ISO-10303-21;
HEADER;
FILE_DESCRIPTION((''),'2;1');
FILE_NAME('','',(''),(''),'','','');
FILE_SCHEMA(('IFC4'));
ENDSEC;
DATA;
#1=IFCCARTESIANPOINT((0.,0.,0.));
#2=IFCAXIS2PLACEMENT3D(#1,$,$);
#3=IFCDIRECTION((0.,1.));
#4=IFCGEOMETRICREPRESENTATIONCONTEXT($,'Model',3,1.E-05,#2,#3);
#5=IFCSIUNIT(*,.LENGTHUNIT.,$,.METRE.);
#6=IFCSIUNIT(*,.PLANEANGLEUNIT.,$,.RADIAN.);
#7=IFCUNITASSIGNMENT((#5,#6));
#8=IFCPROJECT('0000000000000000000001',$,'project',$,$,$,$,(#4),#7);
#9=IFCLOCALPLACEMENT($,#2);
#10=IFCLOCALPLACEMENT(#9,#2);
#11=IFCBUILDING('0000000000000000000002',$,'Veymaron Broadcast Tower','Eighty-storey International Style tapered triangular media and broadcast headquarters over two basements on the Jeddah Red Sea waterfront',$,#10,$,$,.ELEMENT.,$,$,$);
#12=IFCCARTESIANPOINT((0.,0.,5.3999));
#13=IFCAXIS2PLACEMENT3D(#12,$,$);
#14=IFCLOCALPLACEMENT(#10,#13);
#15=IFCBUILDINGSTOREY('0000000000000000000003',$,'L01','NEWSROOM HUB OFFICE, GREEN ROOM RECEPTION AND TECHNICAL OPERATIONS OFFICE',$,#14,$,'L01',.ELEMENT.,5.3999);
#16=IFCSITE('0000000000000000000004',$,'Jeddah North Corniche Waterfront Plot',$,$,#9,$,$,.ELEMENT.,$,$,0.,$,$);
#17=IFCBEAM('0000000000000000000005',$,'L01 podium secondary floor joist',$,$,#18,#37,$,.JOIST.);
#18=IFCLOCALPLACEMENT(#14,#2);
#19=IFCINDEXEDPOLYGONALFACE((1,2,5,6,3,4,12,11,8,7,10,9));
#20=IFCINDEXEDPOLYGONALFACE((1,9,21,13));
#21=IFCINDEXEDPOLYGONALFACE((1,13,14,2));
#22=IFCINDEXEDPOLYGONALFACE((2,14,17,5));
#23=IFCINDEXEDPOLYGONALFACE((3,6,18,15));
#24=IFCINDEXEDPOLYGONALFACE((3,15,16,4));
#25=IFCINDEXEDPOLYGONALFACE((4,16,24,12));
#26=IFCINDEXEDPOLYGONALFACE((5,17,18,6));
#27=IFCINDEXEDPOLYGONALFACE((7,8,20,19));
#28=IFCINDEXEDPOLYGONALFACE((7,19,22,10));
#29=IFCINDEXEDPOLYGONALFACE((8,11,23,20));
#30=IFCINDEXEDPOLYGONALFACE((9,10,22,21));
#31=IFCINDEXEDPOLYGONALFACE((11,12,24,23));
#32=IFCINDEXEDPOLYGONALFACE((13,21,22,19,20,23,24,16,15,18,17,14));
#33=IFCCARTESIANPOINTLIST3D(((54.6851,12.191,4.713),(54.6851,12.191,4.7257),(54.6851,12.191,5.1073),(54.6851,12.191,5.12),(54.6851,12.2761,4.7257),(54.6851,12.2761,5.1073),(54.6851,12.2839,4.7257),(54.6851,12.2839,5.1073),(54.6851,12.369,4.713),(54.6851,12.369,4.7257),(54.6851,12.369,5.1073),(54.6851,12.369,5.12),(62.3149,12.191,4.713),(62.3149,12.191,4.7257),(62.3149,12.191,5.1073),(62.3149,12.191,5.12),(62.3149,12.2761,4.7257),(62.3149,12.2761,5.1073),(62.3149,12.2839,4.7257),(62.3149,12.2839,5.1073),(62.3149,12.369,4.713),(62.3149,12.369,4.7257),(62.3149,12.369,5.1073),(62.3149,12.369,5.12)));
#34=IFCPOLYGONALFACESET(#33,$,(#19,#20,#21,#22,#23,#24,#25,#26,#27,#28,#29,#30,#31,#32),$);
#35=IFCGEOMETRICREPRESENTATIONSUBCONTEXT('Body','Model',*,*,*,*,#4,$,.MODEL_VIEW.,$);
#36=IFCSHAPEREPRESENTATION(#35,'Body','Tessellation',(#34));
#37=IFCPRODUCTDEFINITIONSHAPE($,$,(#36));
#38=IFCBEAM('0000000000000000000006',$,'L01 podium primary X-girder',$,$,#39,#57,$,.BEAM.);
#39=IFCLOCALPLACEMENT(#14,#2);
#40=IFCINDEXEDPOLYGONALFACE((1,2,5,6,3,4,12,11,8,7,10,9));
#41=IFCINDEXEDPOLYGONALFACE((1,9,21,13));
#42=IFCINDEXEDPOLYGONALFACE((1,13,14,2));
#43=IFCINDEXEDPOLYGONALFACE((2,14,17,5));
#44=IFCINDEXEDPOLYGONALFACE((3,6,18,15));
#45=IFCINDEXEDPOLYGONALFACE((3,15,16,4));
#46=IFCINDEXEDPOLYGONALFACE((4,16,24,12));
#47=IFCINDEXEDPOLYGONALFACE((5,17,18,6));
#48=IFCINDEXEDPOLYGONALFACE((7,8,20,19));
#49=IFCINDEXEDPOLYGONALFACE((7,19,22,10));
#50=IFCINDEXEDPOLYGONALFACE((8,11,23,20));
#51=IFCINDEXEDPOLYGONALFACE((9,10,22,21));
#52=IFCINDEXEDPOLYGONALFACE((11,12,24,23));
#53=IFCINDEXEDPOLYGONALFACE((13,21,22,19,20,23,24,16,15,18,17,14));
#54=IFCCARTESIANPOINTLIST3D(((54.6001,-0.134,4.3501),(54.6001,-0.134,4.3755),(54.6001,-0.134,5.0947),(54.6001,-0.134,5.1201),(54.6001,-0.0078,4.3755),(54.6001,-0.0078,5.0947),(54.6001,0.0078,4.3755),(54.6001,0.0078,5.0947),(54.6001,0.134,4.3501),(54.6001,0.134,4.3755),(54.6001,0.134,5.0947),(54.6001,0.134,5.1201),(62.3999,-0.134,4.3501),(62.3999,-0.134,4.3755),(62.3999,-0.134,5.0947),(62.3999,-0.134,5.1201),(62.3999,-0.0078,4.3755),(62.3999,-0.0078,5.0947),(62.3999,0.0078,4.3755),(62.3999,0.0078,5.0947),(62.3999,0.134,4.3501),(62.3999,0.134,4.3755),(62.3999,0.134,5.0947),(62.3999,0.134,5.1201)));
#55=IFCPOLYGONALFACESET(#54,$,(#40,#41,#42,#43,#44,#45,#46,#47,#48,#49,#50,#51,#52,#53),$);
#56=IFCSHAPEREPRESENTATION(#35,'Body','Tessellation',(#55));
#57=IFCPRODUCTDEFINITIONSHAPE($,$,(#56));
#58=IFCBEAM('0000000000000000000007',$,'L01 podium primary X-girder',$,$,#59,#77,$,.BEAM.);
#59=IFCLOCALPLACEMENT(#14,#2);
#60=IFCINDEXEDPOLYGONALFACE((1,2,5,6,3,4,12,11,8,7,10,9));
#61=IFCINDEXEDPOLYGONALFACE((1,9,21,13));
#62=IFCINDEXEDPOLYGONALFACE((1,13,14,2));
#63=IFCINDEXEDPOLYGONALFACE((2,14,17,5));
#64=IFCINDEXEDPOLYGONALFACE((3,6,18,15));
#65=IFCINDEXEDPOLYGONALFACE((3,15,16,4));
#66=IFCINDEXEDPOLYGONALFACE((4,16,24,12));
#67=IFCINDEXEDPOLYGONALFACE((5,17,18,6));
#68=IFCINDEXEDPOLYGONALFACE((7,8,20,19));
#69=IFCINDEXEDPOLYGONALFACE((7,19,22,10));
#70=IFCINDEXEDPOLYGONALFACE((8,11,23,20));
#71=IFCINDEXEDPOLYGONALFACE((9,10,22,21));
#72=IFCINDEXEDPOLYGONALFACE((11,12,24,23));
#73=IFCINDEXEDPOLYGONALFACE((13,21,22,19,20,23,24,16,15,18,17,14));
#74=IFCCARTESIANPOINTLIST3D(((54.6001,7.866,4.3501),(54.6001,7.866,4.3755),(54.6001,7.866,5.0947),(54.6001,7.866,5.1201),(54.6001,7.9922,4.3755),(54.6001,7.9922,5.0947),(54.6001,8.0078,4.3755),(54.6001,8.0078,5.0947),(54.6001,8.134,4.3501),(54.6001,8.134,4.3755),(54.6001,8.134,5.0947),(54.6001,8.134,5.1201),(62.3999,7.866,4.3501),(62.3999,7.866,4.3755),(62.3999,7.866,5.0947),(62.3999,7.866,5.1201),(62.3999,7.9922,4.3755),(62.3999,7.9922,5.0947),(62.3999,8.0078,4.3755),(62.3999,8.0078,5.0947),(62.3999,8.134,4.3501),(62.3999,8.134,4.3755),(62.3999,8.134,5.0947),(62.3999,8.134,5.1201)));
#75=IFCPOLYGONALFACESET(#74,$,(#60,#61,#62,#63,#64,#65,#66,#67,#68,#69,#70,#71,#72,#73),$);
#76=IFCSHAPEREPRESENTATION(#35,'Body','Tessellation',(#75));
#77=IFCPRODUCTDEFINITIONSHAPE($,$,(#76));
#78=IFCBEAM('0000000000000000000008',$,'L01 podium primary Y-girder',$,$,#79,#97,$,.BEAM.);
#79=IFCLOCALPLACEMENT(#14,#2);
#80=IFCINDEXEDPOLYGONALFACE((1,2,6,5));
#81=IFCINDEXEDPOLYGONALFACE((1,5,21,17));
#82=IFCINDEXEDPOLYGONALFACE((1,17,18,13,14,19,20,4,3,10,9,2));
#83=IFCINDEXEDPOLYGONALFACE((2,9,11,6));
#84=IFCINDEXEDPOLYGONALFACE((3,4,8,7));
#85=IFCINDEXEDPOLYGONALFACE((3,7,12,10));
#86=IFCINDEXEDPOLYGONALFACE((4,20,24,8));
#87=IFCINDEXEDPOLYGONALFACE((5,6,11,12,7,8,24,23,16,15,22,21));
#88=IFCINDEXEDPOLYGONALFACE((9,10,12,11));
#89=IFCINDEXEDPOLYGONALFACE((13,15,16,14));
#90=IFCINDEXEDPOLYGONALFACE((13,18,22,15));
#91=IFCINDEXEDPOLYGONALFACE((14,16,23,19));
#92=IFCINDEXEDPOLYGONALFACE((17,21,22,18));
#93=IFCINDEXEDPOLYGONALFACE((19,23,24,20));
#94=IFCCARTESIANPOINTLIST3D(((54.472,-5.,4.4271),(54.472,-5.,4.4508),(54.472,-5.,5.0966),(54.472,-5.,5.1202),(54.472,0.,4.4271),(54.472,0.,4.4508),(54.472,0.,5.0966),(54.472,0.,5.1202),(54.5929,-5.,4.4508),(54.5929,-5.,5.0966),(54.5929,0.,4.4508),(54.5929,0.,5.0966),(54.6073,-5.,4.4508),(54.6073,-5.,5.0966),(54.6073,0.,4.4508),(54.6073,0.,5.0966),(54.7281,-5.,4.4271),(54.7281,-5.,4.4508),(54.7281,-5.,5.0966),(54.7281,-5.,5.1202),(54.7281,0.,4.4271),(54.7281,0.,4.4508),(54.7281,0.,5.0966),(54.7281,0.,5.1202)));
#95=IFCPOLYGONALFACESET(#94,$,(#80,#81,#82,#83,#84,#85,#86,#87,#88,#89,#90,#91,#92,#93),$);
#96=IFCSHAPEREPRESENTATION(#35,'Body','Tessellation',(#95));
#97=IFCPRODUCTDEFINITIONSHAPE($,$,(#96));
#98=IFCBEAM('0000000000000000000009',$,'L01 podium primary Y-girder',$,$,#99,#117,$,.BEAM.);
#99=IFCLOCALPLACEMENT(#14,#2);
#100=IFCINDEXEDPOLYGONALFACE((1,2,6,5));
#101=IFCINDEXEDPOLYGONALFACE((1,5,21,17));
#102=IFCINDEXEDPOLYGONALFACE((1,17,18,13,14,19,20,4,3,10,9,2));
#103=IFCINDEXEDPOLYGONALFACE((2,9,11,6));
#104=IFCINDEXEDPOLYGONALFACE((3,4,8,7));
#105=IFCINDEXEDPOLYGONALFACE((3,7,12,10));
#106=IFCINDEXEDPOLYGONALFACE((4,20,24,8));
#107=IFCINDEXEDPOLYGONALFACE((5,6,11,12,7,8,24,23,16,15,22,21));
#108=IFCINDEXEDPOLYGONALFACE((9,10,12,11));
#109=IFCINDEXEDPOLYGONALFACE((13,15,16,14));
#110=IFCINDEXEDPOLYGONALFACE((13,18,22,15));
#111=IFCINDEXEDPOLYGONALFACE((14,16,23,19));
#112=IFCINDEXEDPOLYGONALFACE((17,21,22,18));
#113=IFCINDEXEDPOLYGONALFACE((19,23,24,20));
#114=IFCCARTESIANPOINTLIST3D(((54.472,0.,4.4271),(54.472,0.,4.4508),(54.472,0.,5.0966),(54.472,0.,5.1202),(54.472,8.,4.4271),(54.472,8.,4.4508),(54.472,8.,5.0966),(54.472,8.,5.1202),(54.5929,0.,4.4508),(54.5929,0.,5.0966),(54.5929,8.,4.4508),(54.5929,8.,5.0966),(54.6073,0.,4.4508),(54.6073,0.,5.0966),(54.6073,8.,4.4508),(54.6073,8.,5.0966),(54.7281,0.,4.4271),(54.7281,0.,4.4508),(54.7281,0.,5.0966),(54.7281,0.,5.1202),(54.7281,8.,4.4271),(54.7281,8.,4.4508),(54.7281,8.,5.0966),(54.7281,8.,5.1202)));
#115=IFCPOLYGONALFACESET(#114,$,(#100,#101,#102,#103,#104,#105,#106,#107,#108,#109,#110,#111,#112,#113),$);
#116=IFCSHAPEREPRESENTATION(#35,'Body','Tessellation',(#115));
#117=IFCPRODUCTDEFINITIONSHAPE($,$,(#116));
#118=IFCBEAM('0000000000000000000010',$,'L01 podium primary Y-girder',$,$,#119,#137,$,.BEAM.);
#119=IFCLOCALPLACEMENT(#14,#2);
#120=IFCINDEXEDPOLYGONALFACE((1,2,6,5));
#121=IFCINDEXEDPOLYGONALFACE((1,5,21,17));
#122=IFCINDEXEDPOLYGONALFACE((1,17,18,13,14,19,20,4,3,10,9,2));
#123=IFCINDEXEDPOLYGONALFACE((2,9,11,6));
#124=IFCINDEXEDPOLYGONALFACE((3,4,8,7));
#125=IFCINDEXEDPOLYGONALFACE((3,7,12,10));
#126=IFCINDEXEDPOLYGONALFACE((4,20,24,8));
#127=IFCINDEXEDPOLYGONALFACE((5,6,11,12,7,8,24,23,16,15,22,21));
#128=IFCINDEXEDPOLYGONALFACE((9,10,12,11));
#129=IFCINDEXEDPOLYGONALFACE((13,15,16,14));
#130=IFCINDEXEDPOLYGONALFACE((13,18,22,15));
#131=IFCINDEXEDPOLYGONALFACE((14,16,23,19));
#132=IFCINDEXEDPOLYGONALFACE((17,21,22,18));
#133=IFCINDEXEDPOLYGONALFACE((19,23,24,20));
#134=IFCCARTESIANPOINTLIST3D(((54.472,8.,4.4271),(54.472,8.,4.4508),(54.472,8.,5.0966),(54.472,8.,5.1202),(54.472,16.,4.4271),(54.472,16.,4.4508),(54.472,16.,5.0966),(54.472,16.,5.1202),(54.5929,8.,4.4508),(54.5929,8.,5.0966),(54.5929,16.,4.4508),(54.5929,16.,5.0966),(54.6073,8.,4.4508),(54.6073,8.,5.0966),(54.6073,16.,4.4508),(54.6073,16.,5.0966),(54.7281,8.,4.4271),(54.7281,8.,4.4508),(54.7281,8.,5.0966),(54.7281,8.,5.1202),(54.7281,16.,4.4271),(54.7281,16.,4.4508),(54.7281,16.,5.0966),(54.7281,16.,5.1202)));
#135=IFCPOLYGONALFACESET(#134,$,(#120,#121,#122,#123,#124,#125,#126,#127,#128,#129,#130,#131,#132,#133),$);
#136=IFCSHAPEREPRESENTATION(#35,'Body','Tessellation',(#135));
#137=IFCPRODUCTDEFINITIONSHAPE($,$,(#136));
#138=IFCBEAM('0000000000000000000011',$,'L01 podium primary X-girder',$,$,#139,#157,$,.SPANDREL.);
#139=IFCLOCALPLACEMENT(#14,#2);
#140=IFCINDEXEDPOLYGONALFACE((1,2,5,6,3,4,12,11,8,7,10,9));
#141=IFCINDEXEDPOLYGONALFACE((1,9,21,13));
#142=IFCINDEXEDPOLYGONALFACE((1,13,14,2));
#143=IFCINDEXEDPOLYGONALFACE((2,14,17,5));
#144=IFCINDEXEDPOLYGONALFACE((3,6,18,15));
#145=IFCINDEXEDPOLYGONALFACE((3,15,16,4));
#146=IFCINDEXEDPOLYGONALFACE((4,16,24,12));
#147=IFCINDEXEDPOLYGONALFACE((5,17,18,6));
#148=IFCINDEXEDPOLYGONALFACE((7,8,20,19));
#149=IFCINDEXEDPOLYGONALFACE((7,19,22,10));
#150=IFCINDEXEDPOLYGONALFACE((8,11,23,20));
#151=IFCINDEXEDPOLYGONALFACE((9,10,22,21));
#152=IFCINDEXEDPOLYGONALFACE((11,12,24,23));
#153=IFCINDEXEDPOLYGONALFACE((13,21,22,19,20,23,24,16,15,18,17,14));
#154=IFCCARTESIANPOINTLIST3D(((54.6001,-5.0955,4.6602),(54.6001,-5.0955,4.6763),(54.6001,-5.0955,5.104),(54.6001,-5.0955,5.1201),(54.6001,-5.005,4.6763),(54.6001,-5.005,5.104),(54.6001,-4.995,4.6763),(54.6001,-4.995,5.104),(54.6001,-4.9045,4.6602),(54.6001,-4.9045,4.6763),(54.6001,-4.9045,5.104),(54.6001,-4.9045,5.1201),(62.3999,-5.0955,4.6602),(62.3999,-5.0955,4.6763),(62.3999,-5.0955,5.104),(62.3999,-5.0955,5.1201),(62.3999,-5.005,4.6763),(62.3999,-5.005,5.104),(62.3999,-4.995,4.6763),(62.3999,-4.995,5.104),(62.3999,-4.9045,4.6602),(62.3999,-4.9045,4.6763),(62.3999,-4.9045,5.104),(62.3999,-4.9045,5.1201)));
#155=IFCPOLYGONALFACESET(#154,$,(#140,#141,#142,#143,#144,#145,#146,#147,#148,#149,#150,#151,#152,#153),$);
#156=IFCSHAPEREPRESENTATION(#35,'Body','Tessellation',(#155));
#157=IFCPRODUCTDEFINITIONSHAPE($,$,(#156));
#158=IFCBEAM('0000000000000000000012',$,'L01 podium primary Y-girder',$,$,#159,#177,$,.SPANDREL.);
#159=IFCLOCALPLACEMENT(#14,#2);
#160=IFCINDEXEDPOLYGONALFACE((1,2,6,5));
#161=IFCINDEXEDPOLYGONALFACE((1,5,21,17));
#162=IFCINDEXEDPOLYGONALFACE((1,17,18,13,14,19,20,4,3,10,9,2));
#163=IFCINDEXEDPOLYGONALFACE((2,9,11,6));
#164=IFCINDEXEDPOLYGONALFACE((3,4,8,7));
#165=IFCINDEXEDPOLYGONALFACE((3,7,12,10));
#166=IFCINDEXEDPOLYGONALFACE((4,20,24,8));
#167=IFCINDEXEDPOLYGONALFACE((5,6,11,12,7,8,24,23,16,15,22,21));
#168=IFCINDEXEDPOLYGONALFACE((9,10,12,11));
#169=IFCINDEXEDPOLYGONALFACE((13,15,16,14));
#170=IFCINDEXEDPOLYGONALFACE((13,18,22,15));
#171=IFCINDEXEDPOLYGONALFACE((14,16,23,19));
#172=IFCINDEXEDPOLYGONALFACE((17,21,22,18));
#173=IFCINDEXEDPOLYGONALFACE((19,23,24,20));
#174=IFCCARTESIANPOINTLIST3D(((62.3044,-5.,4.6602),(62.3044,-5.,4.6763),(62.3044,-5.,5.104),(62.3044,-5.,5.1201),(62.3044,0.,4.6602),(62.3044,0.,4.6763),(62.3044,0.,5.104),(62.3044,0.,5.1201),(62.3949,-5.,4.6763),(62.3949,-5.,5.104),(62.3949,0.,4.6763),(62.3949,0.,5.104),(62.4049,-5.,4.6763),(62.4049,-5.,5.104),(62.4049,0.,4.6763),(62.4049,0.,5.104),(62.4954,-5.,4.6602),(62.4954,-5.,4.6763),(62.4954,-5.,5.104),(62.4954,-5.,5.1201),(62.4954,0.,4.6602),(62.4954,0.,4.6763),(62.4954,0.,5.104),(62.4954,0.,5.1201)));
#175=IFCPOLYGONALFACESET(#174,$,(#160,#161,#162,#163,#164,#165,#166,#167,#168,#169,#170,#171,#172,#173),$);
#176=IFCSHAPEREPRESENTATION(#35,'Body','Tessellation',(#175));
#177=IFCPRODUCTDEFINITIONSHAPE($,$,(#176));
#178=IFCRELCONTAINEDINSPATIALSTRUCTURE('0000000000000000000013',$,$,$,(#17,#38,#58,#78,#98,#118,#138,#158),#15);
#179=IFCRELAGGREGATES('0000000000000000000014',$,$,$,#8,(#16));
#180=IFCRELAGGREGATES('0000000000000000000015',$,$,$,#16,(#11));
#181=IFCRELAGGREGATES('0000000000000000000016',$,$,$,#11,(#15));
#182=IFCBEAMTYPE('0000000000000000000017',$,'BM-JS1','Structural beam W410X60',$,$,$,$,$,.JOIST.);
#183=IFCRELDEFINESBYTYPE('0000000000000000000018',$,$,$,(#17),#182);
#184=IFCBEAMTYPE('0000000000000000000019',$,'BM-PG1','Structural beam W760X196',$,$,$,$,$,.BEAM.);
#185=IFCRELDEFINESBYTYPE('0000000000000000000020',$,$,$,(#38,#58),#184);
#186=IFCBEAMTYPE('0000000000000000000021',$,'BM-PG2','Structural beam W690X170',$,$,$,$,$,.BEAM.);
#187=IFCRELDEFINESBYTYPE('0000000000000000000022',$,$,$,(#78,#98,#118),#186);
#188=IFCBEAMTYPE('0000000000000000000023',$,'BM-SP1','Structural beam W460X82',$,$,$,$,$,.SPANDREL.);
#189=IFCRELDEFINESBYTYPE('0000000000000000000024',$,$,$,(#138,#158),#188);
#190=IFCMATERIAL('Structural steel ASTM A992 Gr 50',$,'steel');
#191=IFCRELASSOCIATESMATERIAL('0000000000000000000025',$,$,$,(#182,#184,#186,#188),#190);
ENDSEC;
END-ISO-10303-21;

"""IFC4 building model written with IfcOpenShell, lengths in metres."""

from ifc_helpers import new_model, si_unit, direction, frame, origin, origin_2d, place, context, subcontext, project, spatial, i_section, extrude, material, material_profile, profile_set, type_object, element, save


model = new_model("IFC4")

# Units and contexts
model_context = context("Model", 3, precision=1e-05, world=origin(), true_north=direction((0.0, 1.0)))
body_context = subcontext(model_context, "Body", "Model", "MODEL_VIEW")
ifc_project = project(units=[si_unit("LENGTHUNIT", "METRE"), si_unit("PLANEANGLEUNIT", "RADIAN")], contexts=[model_context])

# Site, building, storey
site_placement = place(None, origin())
site = spatial("IfcSite", under=ifc_project, at=site_placement, Name="Jeddah North Corniche Waterfront Plot", CompositionType="ELEMENT", RefElevation=0.0)
building_placement = place(site_placement, origin())
building = spatial("IfcBuilding", under=site, at=building_placement, Name="Veymaron Broadcast Tower", Description="Eighty-storey International Style tapered triangular media and broadcast headquarters over two basements on the Jeddah Red Sea waterfront", CompositionType="ELEMENT")
storey_placement = place(building_placement, frame((0.0, 0.0, 5.3999)))
storey = spatial("IfcBuildingStorey", under=building, at=storey_placement, Name="L01", Description="NEWSROOM HUB OFFICE, GREEN ROOM RECEPTION AND TECHNICAL OPERATIONS OFFICE", LongName="L01", CompositionType="ELEMENT", Elevation=5.3999)

# Beams
ifc_material_1 = material(Name="Structural steel ASTM A992 Gr 50", Category="steel")
ifc_material_profile_1 = material_profile(ifc_material_1, i_section(OverallWidth=0.178, OverallDepth=0.407, WebThickness=0.0078, FlangeThickness=0.0127, at=origin_2d()), Name="W410X60")
ifc_profile_set_1 = profile_set([ifc_material_profile_1], Name="Structural steel ASTM A992 Gr 50")
beam_type_1 = type_object("IfcBeamType", Name="BM-JS1", Description="Structural beam W410X60", PredefinedType="JOIST", material=ifc_profile_set_1)
for number, where, z_axis, x_axis, name in (
    (1, (54.6851, 12.28, 4.9165), (1.0, 0.0, 0.0), (0.0, 1.0, 0.0), "L01 podium secondary floor joist"),
):
    element("IfcBeam", number, at=place(storey_placement, frame(where, z_axis=z_axis, x_axis=x_axis)), inside=storey, type_object=beam_type_1, Name=name, PredefinedType="JOIST", context=body_context, shape_type="SweptSolid", body=[
        extrude(i_section(OverallWidth=0.178, OverallDepth=0.407, WebThickness=0.0078, FlangeThickness=0.0127, at=origin_2d()), origin(), (0.0, 0.0, 1.0), 7.6299),
    ])
ifc_material_profile_2 = material_profile(ifc_material_1, i_section(OverallWidth=0.2681, OverallDepth=0.77, WebThickness=0.0156, FlangeThickness=0.0254, at=origin_2d()), Name="W760X196")
ifc_profile_set_2 = profile_set([ifc_material_profile_2], Name="Structural steel ASTM A992 Gr 50")
beam_type_2 = type_object("IfcBeamType", Name="BM-PG1", Description="Structural beam W760X196", PredefinedType="BEAM", material=ifc_profile_set_2)
for number, where, z_axis, x_axis, name in (
    (2, (54.6001, 0.0, 4.7351), (1.0, 0.0, 0.0), (0.0, 1.0, 0.0), "L01 podium primary X-girder"),
    (3, (54.6001, 8.0, 4.7351), (1.0, 0.0, 0.0), (0.0, 1.0, 0.0), "L01 podium primary X-girder"),
):
    element("IfcBeam", number, at=place(storey_placement, frame(where, z_axis=z_axis, x_axis=x_axis)), inside=storey, type_object=beam_type_2, Name=name, PredefinedType="BEAM", context=body_context, shape_type="SweptSolid", body=[
        extrude(i_section(OverallWidth=0.2681, OverallDepth=0.77, WebThickness=0.0156, FlangeThickness=0.0254, at=origin_2d()), origin(), (0.0, 0.0, 1.0), 7.7998),
    ])
ifc_material_profile_3 = material_profile(ifc_material_1, i_section(OverallWidth=0.2561, OverallDepth=0.6931, WebThickness=0.0144, FlangeThickness=0.0237, at=origin_2d()), Name="W690X170")
ifc_profile_set_3 = profile_set([ifc_material_profile_3], Name="Structural steel ASTM A992 Gr 50")
beam_type_3 = type_object("IfcBeamType", Name="BM-PG2", Description="Structural beam W690X170", PredefinedType="BEAM", material=ifc_profile_set_3)
beam_1_placement = place(storey_placement, frame((54.6001, -5.0, 4.7737), z_axis=(0.0, 1.0, 0.0), x_axis=(-1.0, 0.0, 0.0)))
element("IfcBeam", 4, at=beam_1_placement, inside=storey, type_object=beam_type_3, Name="L01 podium primary Y-girder", PredefinedType="BEAM", context=body_context, shape_type="SweptSolid", body=[
    extrude(i_section(OverallWidth=0.2561, OverallDepth=0.6931, WebThickness=0.0144, FlangeThickness=0.0237, at=origin_2d()), origin(), (0.0, 0.0, 1.0), 5.0),
])
for number, where, z_axis, x_axis, name in (
    (5, (54.6001, 0.0, 4.7737), (0.0, 1.0, 0.0), (-1.0, 0.0, 0.0), "L01 podium primary Y-girder"),
    (6, (54.6001, 8.0, 4.7737), (0.0, 1.0, 0.0), (-1.0, 0.0, 0.0), "L01 podium primary Y-girder"),
):
    element("IfcBeam", number, at=place(storey_placement, frame(where, z_axis=z_axis, x_axis=x_axis)), inside=storey, type_object=beam_type_3, Name=name, PredefinedType="BEAM", context=body_context, shape_type="SweptSolid", body=[
        extrude(i_section(OverallWidth=0.2561, OverallDepth=0.6931, WebThickness=0.0144, FlangeThickness=0.0237, at=origin_2d()), origin(), (0.0, 0.0, 1.0), 8.0),
    ])
ifc_material_profile_4 = material_profile(ifc_material_1, i_section(OverallWidth=0.1909, OverallDepth=0.46, WebThickness=0.01, FlangeThickness=0.0161, at=origin_2d()), Name="W460X82")
ifc_profile_set_4 = profile_set([ifc_material_profile_4], Name="Structural steel ASTM A992 Gr 50")
beam_type_4 = type_object("IfcBeamType", Name="BM-SP1", Description="Structural beam W460X82", PredefinedType="SPANDREL", material=ifc_profile_set_4)
beam_2_placement = place(storey_placement, frame((54.6001, -5.0, 4.8901), z_axis=(1.0, 0.0, 0.0), x_axis=(0.0, 1.0, 0.0)))
element("IfcBeam", 7, at=beam_2_placement, inside=storey, type_object=beam_type_4, Name="L01 podium primary X-girder", PredefinedType="SPANDREL", context=body_context, shape_type="SweptSolid", body=[
    extrude(i_section(OverallWidth=0.1909, OverallDepth=0.46, WebThickness=0.01, FlangeThickness=0.0161, at=origin_2d()), origin(), (0.0, 0.0, 1.0), 7.7998),
])
beam_3_placement = place(storey_placement, frame((62.3999, -5.0, 4.8901), z_axis=(0.0, 1.0, 0.0), x_axis=(-1.0, 0.0, 0.0)))
element("IfcBeam", 8, at=beam_3_placement, inside=storey, type_object=beam_type_4, Name="L01 podium primary Y-girder", PredefinedType="SPANDREL", context=body_context, shape_type="SweptSolid", body=[
    extrude(i_section(OverallWidth=0.1909, OverallDepth=0.46, WebThickness=0.01, FlangeThickness=0.0161, at=origin_2d()), origin(), (0.0, 0.0, 1.0), 5.0),
])

save(model, "model.ifc")
